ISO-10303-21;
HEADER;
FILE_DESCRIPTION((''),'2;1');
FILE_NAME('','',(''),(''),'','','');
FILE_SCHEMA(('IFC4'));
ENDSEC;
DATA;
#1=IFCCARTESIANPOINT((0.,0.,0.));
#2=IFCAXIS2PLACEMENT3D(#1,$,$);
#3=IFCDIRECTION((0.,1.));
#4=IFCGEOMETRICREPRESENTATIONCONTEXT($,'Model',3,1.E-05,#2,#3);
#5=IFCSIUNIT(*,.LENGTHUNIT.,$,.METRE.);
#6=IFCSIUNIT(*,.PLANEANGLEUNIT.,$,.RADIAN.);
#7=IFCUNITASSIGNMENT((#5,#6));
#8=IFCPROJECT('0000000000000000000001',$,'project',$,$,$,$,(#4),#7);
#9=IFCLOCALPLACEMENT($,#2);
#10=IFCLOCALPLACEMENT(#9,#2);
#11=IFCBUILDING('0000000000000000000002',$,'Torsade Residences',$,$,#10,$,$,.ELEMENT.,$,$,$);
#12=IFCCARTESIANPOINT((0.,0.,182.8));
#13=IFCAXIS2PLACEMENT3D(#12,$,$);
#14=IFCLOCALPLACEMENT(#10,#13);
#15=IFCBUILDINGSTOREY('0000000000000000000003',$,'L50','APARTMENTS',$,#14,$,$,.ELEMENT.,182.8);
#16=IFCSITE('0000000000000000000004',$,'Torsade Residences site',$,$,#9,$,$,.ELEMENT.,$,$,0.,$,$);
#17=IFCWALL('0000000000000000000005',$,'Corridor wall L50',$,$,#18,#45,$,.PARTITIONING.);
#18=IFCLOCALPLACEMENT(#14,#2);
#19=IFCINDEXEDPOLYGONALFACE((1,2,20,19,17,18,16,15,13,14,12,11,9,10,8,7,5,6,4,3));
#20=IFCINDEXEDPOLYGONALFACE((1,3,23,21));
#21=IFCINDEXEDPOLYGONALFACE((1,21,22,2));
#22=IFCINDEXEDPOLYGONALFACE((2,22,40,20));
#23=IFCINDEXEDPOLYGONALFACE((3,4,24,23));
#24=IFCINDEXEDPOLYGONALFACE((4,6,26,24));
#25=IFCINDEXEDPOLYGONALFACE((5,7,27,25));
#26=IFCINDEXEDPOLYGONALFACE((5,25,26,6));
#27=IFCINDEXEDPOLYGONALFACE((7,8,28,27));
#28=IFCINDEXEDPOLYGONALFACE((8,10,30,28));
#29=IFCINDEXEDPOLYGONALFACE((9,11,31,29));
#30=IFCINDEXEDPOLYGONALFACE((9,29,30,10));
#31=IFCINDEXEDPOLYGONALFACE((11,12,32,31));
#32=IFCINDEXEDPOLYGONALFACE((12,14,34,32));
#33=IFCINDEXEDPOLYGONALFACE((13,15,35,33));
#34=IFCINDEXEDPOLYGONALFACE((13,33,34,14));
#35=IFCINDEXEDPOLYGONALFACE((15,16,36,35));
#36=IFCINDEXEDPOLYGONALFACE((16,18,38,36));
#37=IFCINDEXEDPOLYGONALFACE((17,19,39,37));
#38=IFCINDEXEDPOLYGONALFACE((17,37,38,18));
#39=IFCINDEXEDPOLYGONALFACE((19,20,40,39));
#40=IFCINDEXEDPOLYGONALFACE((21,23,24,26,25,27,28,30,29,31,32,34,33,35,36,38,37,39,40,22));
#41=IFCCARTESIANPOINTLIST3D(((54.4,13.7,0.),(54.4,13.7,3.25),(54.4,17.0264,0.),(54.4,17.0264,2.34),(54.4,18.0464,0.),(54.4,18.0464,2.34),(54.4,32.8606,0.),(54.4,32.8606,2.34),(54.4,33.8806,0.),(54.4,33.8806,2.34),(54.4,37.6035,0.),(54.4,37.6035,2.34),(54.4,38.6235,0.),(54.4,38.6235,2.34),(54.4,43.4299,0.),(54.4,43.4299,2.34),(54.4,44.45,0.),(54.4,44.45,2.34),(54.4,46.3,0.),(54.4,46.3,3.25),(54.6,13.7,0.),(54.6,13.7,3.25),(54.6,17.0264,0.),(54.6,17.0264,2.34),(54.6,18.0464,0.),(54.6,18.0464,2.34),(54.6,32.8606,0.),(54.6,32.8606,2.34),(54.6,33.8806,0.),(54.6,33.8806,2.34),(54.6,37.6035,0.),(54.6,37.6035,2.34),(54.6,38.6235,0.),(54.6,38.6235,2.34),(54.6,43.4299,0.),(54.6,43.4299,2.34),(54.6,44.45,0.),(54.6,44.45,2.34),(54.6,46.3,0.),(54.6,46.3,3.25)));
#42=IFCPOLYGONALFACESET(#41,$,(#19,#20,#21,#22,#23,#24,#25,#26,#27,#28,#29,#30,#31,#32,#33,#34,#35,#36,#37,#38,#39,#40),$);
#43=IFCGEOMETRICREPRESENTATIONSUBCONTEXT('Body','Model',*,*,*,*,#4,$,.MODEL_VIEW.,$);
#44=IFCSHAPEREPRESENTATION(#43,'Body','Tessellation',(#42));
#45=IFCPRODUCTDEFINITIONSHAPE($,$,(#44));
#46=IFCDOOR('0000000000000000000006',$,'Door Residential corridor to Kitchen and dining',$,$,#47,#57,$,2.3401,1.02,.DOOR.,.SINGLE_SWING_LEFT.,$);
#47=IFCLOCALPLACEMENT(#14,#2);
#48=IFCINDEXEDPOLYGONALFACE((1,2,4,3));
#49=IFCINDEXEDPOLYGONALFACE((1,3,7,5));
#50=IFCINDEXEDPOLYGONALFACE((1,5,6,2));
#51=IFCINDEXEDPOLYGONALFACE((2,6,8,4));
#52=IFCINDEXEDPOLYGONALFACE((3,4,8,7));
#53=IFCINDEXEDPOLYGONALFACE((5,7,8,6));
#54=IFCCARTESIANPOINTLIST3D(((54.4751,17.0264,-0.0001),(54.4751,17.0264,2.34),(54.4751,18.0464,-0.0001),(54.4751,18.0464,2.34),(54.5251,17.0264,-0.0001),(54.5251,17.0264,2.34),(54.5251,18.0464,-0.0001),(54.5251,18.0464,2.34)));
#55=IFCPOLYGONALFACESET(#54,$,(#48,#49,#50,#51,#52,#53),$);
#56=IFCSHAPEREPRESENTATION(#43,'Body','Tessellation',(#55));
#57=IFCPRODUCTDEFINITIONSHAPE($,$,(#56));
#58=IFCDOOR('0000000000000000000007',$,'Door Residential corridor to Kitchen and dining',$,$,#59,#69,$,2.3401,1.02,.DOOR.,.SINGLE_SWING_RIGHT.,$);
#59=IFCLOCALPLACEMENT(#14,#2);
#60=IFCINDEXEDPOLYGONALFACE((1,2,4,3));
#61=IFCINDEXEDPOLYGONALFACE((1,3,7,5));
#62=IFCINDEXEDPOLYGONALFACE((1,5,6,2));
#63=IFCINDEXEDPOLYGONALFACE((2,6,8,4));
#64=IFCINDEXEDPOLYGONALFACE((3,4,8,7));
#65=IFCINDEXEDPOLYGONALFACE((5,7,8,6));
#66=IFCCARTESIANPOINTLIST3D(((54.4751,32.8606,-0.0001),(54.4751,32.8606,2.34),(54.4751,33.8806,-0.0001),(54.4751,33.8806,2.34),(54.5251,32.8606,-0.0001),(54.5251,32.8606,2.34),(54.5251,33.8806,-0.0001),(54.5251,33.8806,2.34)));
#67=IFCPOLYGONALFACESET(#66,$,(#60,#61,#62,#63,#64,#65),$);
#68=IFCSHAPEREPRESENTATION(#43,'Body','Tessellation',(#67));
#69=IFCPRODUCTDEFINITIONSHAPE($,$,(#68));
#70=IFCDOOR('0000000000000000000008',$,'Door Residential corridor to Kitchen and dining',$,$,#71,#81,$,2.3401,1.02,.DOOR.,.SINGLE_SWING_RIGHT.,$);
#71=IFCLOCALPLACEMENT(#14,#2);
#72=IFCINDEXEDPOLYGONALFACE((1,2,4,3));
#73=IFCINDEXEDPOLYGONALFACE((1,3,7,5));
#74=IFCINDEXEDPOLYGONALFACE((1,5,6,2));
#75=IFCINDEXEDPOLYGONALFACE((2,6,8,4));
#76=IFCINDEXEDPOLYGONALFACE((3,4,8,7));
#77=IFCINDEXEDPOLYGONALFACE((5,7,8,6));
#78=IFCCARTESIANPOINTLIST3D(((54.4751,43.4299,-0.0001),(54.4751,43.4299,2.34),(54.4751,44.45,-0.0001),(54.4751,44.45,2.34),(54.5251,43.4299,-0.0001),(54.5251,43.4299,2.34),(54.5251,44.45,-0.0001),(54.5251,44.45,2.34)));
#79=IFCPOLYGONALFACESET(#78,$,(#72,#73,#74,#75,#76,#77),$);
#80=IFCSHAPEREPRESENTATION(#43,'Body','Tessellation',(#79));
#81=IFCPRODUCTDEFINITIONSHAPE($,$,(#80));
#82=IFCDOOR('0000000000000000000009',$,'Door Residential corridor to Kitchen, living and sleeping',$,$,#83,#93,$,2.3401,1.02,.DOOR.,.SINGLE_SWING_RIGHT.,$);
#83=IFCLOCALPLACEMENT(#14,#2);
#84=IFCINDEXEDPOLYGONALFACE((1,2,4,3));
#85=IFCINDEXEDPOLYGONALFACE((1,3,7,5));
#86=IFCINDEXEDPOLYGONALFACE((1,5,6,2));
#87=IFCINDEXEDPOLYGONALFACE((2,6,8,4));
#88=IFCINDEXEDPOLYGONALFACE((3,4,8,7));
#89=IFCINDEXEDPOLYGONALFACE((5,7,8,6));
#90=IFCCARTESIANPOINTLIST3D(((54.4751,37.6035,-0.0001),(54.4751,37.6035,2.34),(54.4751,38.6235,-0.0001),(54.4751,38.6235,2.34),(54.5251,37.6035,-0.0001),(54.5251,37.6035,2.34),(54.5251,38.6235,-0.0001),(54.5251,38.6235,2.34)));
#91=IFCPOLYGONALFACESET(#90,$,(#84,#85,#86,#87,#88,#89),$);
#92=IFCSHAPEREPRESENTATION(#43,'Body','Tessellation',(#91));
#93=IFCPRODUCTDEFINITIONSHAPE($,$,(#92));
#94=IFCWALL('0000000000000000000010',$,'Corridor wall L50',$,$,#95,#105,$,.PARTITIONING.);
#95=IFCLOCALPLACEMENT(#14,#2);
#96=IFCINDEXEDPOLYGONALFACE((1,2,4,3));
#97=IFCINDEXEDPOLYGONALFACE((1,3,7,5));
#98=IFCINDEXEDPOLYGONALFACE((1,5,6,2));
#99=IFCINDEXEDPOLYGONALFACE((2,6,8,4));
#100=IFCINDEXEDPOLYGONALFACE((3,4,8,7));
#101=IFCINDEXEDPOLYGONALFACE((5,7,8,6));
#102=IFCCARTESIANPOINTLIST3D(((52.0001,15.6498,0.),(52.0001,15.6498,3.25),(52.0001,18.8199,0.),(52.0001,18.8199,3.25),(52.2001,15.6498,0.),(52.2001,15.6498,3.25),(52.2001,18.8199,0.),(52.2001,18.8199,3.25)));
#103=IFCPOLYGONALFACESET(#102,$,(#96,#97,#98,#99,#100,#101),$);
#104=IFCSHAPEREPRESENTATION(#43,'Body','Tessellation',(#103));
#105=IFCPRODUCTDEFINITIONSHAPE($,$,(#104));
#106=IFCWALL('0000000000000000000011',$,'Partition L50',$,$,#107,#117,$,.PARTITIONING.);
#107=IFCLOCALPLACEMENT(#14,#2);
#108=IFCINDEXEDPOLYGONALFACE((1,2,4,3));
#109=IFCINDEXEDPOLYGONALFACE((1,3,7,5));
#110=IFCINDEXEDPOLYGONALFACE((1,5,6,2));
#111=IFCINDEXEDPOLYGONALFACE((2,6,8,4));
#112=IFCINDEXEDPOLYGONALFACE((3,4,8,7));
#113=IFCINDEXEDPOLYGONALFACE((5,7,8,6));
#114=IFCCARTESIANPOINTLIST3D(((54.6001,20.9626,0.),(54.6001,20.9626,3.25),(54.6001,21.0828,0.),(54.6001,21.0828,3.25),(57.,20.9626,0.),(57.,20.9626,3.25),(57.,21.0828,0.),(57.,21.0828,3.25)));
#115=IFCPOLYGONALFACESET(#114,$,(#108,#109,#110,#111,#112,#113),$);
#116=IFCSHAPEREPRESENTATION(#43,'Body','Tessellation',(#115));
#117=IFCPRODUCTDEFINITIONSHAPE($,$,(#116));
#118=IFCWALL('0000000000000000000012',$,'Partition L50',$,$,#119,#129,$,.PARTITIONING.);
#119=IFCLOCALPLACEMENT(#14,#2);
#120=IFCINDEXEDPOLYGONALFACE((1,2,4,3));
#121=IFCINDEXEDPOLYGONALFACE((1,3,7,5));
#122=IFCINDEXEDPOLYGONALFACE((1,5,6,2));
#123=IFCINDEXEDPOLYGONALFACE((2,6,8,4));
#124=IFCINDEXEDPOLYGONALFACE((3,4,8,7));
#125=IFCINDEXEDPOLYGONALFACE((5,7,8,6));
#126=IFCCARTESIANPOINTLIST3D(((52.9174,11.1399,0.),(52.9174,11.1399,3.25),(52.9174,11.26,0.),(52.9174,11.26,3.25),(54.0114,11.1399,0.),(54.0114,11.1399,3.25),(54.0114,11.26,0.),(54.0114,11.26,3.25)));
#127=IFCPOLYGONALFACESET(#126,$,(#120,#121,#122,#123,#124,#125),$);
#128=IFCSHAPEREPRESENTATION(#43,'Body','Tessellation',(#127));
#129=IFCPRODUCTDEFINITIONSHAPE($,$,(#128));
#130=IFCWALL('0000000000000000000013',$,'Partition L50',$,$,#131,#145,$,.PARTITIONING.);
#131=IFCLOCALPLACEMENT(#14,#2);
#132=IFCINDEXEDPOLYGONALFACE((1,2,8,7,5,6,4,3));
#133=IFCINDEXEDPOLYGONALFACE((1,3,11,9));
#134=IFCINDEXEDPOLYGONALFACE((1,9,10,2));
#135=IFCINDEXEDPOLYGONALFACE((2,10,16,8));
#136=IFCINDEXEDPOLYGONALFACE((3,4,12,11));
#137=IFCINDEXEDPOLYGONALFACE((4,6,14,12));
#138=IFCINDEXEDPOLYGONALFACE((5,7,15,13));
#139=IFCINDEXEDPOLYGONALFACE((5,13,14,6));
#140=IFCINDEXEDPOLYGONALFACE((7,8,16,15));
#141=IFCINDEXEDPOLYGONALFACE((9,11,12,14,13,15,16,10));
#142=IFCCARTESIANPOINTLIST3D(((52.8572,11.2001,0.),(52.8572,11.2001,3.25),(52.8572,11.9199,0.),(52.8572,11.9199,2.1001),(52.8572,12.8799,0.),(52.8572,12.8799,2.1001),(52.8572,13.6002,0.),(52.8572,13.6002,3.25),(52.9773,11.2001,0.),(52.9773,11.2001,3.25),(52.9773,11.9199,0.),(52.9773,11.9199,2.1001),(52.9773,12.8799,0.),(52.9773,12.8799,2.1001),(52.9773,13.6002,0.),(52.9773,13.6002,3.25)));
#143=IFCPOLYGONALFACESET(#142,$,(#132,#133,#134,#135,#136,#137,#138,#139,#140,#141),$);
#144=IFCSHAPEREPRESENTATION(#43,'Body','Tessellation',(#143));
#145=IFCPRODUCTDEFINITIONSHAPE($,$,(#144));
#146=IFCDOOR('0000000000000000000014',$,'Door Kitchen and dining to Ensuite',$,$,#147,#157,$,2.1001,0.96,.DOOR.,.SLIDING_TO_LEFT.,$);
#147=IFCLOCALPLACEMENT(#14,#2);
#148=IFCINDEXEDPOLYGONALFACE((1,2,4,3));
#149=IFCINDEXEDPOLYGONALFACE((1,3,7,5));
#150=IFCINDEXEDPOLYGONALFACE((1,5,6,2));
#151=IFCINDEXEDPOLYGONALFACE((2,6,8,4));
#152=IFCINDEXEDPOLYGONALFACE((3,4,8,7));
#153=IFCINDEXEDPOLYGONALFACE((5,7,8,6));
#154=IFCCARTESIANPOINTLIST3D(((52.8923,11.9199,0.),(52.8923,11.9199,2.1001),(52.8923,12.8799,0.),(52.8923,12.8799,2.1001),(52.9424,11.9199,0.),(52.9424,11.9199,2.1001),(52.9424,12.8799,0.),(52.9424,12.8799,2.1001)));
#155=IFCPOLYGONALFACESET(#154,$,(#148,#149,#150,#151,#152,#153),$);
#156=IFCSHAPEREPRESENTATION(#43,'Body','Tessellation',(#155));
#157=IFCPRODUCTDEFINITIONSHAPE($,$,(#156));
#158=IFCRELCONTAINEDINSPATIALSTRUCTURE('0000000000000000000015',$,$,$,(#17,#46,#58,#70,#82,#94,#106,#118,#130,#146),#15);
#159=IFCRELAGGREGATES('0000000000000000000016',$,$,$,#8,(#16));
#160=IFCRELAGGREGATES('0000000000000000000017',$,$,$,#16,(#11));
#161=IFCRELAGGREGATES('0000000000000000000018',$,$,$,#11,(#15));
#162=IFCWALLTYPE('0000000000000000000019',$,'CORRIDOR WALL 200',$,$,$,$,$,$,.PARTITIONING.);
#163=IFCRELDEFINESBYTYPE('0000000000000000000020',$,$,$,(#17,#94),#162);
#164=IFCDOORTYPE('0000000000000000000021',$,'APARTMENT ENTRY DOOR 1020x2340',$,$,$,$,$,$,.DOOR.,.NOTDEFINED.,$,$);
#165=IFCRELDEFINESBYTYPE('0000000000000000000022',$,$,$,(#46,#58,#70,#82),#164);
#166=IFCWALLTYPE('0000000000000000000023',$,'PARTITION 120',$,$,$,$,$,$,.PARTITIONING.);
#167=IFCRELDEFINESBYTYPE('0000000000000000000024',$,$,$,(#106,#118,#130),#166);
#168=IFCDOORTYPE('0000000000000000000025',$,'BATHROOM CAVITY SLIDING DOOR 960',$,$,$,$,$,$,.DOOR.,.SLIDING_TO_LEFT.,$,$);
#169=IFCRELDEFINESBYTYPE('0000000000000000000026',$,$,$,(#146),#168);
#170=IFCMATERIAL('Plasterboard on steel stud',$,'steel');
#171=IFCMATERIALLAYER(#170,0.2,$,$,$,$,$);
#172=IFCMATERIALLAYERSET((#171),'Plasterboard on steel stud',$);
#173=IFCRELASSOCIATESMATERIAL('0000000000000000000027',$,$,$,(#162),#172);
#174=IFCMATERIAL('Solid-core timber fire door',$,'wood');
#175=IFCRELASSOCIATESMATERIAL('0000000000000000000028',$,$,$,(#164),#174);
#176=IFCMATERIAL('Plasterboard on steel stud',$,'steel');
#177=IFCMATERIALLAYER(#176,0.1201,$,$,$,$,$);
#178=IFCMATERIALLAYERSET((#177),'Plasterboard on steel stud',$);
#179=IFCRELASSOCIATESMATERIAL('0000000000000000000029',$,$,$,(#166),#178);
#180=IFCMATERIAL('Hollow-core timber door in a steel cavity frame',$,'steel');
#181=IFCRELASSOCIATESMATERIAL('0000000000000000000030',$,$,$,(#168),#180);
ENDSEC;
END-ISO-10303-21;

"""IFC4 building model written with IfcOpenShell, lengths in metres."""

from ifc_helpers import new_model, si_unit, direction, frame, frame_2d, origin, place, context, subcontext, project, spatial, rectangle, extrude, material, layer, layer_set, type_object, element, fill, save


model = new_model("IFC4")

# Units and contexts
model_context = context("Model", 3, precision=1e-05, world=origin(), true_north=direction((0.0, 1.0)))
body_context = subcontext(model_context, "Body", "Model", "MODEL_VIEW")
ifc_project = project(units=[si_unit("LENGTHUNIT", "METRE"), si_unit("PLANEANGLEUNIT", "RADIAN")], contexts=[model_context])

# Site, building, storey
site_placement = place(None, origin())
site = spatial("IfcSite", under=ifc_project, at=site_placement, Name="Torsade Residences site", CompositionType="ELEMENT", RefElevation=0.0)
building_placement = place(site_placement, origin())
building = spatial("IfcBuilding", under=site, at=building_placement, Name="Torsade Residences", CompositionType="ELEMENT")
storey_placement = place(building_placement, frame((0.0, 0.0, 182.8)))
storey = spatial("IfcBuildingStorey", under=building, at=storey_placement, Name="L50", Description="APARTMENTS", CompositionType="ELEMENT", Elevation=182.8)

# Wall, openings, doors
ifc_material_1 = material(Name="Plasterboard on steel stud", Category="steel")
ifc_layer_1 = layer(ifc_material_1, 0.2)
ifc_layer_set_1 = layer_set([ifc_layer_1], Name="Plasterboard on steel stud")
wall_type_1 = type_object("IfcWallType", Name="CORRIDOR WALL 200", PredefinedType="PARTITIONING", material=ifc_layer_set_1)
wall_1_placement = place(storey_placement, frame((54.5, 13.7, 0.0), z_axis=(0.0, 0.0, 1.0), x_axis=(0.0, 1.0, 0.0)))
wall_1 = element("IfcWall", 1, at=wall_1_placement, inside=storey, type_object=wall_type_1, Name="Corridor wall L50", PredefinedType="PARTITIONING", context=body_context, shape_type="SweptSolid", body=[
    extrude(rectangle(XDim=32.6001, YDim=0.2, at=frame_2d((16.3, 0.0))), origin(), (0.0, 0.0, 1.0), 3.25),
])
opening_1_placement = place(wall_1_placement, frame((3.3264, 0.0, 0.0)))
opening_1 = element("IfcOpeningElement", 2, at=opening_1_placement, cuts=wall_1, PredefinedType="OPENING", context=body_context, shape_type="SweptSolid", body=[
    extrude(rectangle(XDim=1.02, YDim=2.3401, at=frame_2d((0.51, 1.1699))), frame((0.0, 0.1099, 0.0), z_axis=(0.0, -1.0, 0.0), x_axis=(1.0, 0.0, 0.0)), (0.0, 0.0, 1.0), 0.22),
])
opening_2_placement = place(wall_1_placement, frame((19.1606, 0.0, 0.0)))
opening_2 = element("IfcOpeningElement", 3, at=opening_2_placement, cuts=wall_1, PredefinedType="OPENING", context=body_context, shape_type="SweptSolid", body=[
    extrude(rectangle(XDim=1.02, YDim=2.3401, at=frame_2d((0.51, 1.1699))), frame((0.0, 0.1099, 0.0), z_axis=(0.0, -1.0, 0.0), x_axis=(1.0, 0.0, 0.0)), (0.0, 0.0, 1.0), 0.22),
])
opening_3_placement = place(wall_1_placement, frame((29.73, 0.0, 0.0)))
opening_3 = element("IfcOpeningElement", 4, at=opening_3_placement, cuts=wall_1, PredefinedType="OPENING", context=body_context, shape_type="SweptSolid", body=[
    extrude(rectangle(XDim=1.02, YDim=2.3401, at=frame_2d((0.51, 1.1699))), frame((0.0, 0.1099, 0.0), z_axis=(0.0, -1.0, 0.0), x_axis=(1.0, 0.0, 0.0)), (0.0, 0.0, 1.0), 0.22),
])
opening_4_placement = place(wall_1_placement, frame((23.9036, 0.0, 0.0)))
opening_4 = element("IfcOpeningElement", 5, at=opening_4_placement, cuts=wall_1, PredefinedType="OPENING", context=body_context, shape_type="SweptSolid", body=[
    extrude(rectangle(XDim=1.02, YDim=2.3401, at=frame_2d((0.51, 1.1699))), frame((0.0, 0.1099, 0.0), z_axis=(0.0, -1.0, 0.0), x_axis=(1.0, 0.0, 0.0)), (0.0, 0.0, 1.0), 0.22),
])
ifc_material_2 = material(Name="Solid-core timber fire door", Category="wood")
door_type_1 = type_object("IfcDoorType", Name="APARTMENT ENTRY DOOR 1020x2340", OperationType="NOTDEFINED", PredefinedType="DOOR", material=ifc_material_2)
door_1_placement = place(opening_1_placement, origin())
door_1 = element("IfcDoor", 6, at=door_1_placement, inside=storey, type_object=door_type_1, Name="Door Residential corridor to Kitchen and dining", OperationType="SINGLE_SWING_LEFT", OverallHeight=2.3401, OverallWidth=1.02, PredefinedType="DOOR", context=body_context, shape_type="SweptSolid", body=[
    extrude(rectangle(XDim=1.02, YDim=2.3401, at=frame_2d((0.51, 1.1699))), frame((0.0, 0.0249, 0.0), z_axis=(0.0, -1.0, 0.0), x_axis=(1.0, 0.0, 0.0)), (0.0, 0.0, 1.0), 0.05),
])
fill(opening_1, door_1)
door_2_placement = place(opening_2_placement, origin())
door_2 = element("IfcDoor", 7, at=door_2_placement, inside=storey, type_object=door_type_1, Name="Door Residential corridor to Kitchen and dining", OperationType="SINGLE_SWING_RIGHT", OverallHeight=2.3401, OverallWidth=1.02, PredefinedType="DOOR", context=body_context, shape_type="SweptSolid", body=[
    extrude(rectangle(XDim=1.02, YDim=2.3401, at=frame_2d((0.51, 1.1699))), frame((0.0, 0.0249, 0.0), z_axis=(0.0, -1.0, 0.0), x_axis=(1.0, 0.0, 0.0)), (0.0, 0.0, 1.0), 0.05),
])
fill(opening_2, door_2)
door_3_placement = place(opening_3_placement, origin())
door_3 = element("IfcDoor", 8, at=door_3_placement, inside=storey, type_object=door_type_1, Name="Door Residential corridor to Kitchen and dining", OperationType="SINGLE_SWING_RIGHT", OverallHeight=2.3401, OverallWidth=1.02, PredefinedType="DOOR", context=body_context, shape_type="SweptSolid", body=[
    extrude(rectangle(XDim=1.02, YDim=2.3401, at=frame_2d((0.51, 1.1699))), frame((0.0, 0.0249, 0.0), z_axis=(0.0, -1.0, 0.0), x_axis=(1.0, 0.0, 0.0)), (0.0, 0.0, 1.0), 0.05),
])
fill(opening_3, door_3)
door_4_placement = place(opening_4_placement, origin())
door_4 = element("IfcDoor", 9, at=door_4_placement, inside=storey, type_object=door_type_1, Name="Door Residential corridor to Kitchen, living and sleeping", OperationType="SINGLE_SWING_RIGHT", OverallHeight=2.3401, OverallWidth=1.02, PredefinedType="DOOR", context=body_context, shape_type="SweptSolid", body=[
    extrude(rectangle(XDim=1.02, YDim=2.3401, at=frame_2d((0.51, 1.1699))), frame((0.0, 0.0249, 0.0), z_axis=(0.0, -1.0, 0.0), x_axis=(1.0, 0.0, 0.0)), (0.0, 0.0, 1.0), 0.05),
])
fill(opening_4, door_4)

# Walls
wall_2_placement = place(storey_placement, frame((52.1001, 15.6499, 0.0), z_axis=(0.0, 0.0, 1.0), x_axis=(0.0, 1.0, 0.0)))
element("IfcWall", 10, at=wall_2_placement, inside=storey, type_object=wall_type_1, Name="Corridor wall L50", PredefinedType="PARTITIONING", context=body_context, shape_type="SweptSolid", body=[
    extrude(rectangle(XDim=3.1702, YDim=0.2, at=frame_2d((1.585, 0.0))), origin(), (0.0, 0.0, 1.0), 3.25),
])
ifc_material_3 = material(Name="Plasterboard on steel stud", Category="steel")
ifc_layer_2 = layer(ifc_material_3, 0.1201)
ifc_layer_set_2 = layer_set([ifc_layer_2], Name="Plasterboard on steel stud")
wall_type_2 = type_object("IfcWallType", Name="PARTITION 120", PredefinedType="PARTITIONING", material=ifc_layer_set_2)
wall_3_placement = place(storey_placement, frame((54.6001, 21.0227, 0.0), z_axis=(0.0, 0.0, 1.0), x_axis=(1.0, 0.0, 0.0)))
element("IfcWall", 11, at=wall_3_placement, inside=storey, type_object=wall_type_2, Name="Partition L50", PredefinedType="PARTITIONING", context=body_context, shape_type="SweptSolid", body=[
    extrude(rectangle(XDim=2.3999, YDim=0.1201, at=frame_2d((1.2, 0.0))), origin(), (0.0, 0.0, 1.0), 3.25),
])
wall_4_placement = place(storey_placement, frame((54.0112, 11.2, 0.0), z_axis=(0.0, 0.0, 1.0), x_axis=(-1.0, 0.0, 0.0)))
element("IfcWall", 12, at=wall_4_placement, inside=storey, type_object=wall_type_2, Name="Partition L50", PredefinedType="PARTITIONING", context=body_context, shape_type="SweptSolid", body=[
    extrude(rectangle(XDim=1.094, YDim=0.1201, at=frame_2d((0.5469, 0.0))), origin(), (0.0, 0.0, 1.0), 3.25),
])

# Wall, opening, door
wall_5_placement = place(storey_placement, frame((52.9172, 11.2, 0.0), z_axis=(0.0, 0.0, 1.0), x_axis=(0.0, 1.0, 0.0)))
wall_5 = element("IfcWall", 13, at=wall_5_placement, inside=storey, type_object=wall_type_2, Name="Partition L50", PredefinedType="PARTITIONING", context=body_context, shape_type="SweptSolid", body=[
    extrude(rectangle(XDim=2.4001, YDim=0.1201, at=frame_2d((1.2002, 0.0))), origin(), (0.0, 0.0, 1.0), 3.25),
])
opening_5_placement = place(wall_5_placement, frame((0.72, 0.0, 0.0)))
opening_5 = element("IfcOpeningElement", 14, at=opening_5_placement, cuts=wall_5, PredefinedType="OPENING", context=body_context, shape_type="SweptSolid", body=[
    extrude(rectangle(XDim=0.96, YDim=2.1001, at=frame_2d((0.48, 1.05))), frame((0.0, 0.0701, 0.0), z_axis=(0.0, -1.0, 0.0), x_axis=(1.0, 0.0, 0.0)), (0.0, 0.0, 1.0), 0.1401),
])
ifc_material_4 = material(Name="Hollow-core timber door in a steel cavity frame", Category="steel")
door_type_2 = type_object("IfcDoorType", Name="BATHROOM CAVITY SLIDING DOOR 960", OperationType="SLIDING_TO_LEFT", PredefinedType="DOOR", material=ifc_material_4)
door_5_placement = place(opening_5_placement, origin())
door_5 = element("IfcDoor", 15, at=door_5_placement, inside=storey, type_object=door_type_2, Name="Door Kitchen and dining to Ensuite", OperationType="SLIDING_TO_LEFT", OverallHeight=2.1001, OverallWidth=0.96, PredefinedType="DOOR", context=body_context, shape_type="SweptSolid", body=[
    extrude(rectangle(XDim=0.96, YDim=2.1001, at=frame_2d((0.48, 1.05))), frame((0.0, 0.0249, 0.0), z_axis=(0.0, -1.0, 0.0), x_axis=(1.0, 0.0, 0.0)), (0.0, 0.0, 1.0), 0.05),
])
fill(opening_5, door_5)

save(model, "model.ifc")
